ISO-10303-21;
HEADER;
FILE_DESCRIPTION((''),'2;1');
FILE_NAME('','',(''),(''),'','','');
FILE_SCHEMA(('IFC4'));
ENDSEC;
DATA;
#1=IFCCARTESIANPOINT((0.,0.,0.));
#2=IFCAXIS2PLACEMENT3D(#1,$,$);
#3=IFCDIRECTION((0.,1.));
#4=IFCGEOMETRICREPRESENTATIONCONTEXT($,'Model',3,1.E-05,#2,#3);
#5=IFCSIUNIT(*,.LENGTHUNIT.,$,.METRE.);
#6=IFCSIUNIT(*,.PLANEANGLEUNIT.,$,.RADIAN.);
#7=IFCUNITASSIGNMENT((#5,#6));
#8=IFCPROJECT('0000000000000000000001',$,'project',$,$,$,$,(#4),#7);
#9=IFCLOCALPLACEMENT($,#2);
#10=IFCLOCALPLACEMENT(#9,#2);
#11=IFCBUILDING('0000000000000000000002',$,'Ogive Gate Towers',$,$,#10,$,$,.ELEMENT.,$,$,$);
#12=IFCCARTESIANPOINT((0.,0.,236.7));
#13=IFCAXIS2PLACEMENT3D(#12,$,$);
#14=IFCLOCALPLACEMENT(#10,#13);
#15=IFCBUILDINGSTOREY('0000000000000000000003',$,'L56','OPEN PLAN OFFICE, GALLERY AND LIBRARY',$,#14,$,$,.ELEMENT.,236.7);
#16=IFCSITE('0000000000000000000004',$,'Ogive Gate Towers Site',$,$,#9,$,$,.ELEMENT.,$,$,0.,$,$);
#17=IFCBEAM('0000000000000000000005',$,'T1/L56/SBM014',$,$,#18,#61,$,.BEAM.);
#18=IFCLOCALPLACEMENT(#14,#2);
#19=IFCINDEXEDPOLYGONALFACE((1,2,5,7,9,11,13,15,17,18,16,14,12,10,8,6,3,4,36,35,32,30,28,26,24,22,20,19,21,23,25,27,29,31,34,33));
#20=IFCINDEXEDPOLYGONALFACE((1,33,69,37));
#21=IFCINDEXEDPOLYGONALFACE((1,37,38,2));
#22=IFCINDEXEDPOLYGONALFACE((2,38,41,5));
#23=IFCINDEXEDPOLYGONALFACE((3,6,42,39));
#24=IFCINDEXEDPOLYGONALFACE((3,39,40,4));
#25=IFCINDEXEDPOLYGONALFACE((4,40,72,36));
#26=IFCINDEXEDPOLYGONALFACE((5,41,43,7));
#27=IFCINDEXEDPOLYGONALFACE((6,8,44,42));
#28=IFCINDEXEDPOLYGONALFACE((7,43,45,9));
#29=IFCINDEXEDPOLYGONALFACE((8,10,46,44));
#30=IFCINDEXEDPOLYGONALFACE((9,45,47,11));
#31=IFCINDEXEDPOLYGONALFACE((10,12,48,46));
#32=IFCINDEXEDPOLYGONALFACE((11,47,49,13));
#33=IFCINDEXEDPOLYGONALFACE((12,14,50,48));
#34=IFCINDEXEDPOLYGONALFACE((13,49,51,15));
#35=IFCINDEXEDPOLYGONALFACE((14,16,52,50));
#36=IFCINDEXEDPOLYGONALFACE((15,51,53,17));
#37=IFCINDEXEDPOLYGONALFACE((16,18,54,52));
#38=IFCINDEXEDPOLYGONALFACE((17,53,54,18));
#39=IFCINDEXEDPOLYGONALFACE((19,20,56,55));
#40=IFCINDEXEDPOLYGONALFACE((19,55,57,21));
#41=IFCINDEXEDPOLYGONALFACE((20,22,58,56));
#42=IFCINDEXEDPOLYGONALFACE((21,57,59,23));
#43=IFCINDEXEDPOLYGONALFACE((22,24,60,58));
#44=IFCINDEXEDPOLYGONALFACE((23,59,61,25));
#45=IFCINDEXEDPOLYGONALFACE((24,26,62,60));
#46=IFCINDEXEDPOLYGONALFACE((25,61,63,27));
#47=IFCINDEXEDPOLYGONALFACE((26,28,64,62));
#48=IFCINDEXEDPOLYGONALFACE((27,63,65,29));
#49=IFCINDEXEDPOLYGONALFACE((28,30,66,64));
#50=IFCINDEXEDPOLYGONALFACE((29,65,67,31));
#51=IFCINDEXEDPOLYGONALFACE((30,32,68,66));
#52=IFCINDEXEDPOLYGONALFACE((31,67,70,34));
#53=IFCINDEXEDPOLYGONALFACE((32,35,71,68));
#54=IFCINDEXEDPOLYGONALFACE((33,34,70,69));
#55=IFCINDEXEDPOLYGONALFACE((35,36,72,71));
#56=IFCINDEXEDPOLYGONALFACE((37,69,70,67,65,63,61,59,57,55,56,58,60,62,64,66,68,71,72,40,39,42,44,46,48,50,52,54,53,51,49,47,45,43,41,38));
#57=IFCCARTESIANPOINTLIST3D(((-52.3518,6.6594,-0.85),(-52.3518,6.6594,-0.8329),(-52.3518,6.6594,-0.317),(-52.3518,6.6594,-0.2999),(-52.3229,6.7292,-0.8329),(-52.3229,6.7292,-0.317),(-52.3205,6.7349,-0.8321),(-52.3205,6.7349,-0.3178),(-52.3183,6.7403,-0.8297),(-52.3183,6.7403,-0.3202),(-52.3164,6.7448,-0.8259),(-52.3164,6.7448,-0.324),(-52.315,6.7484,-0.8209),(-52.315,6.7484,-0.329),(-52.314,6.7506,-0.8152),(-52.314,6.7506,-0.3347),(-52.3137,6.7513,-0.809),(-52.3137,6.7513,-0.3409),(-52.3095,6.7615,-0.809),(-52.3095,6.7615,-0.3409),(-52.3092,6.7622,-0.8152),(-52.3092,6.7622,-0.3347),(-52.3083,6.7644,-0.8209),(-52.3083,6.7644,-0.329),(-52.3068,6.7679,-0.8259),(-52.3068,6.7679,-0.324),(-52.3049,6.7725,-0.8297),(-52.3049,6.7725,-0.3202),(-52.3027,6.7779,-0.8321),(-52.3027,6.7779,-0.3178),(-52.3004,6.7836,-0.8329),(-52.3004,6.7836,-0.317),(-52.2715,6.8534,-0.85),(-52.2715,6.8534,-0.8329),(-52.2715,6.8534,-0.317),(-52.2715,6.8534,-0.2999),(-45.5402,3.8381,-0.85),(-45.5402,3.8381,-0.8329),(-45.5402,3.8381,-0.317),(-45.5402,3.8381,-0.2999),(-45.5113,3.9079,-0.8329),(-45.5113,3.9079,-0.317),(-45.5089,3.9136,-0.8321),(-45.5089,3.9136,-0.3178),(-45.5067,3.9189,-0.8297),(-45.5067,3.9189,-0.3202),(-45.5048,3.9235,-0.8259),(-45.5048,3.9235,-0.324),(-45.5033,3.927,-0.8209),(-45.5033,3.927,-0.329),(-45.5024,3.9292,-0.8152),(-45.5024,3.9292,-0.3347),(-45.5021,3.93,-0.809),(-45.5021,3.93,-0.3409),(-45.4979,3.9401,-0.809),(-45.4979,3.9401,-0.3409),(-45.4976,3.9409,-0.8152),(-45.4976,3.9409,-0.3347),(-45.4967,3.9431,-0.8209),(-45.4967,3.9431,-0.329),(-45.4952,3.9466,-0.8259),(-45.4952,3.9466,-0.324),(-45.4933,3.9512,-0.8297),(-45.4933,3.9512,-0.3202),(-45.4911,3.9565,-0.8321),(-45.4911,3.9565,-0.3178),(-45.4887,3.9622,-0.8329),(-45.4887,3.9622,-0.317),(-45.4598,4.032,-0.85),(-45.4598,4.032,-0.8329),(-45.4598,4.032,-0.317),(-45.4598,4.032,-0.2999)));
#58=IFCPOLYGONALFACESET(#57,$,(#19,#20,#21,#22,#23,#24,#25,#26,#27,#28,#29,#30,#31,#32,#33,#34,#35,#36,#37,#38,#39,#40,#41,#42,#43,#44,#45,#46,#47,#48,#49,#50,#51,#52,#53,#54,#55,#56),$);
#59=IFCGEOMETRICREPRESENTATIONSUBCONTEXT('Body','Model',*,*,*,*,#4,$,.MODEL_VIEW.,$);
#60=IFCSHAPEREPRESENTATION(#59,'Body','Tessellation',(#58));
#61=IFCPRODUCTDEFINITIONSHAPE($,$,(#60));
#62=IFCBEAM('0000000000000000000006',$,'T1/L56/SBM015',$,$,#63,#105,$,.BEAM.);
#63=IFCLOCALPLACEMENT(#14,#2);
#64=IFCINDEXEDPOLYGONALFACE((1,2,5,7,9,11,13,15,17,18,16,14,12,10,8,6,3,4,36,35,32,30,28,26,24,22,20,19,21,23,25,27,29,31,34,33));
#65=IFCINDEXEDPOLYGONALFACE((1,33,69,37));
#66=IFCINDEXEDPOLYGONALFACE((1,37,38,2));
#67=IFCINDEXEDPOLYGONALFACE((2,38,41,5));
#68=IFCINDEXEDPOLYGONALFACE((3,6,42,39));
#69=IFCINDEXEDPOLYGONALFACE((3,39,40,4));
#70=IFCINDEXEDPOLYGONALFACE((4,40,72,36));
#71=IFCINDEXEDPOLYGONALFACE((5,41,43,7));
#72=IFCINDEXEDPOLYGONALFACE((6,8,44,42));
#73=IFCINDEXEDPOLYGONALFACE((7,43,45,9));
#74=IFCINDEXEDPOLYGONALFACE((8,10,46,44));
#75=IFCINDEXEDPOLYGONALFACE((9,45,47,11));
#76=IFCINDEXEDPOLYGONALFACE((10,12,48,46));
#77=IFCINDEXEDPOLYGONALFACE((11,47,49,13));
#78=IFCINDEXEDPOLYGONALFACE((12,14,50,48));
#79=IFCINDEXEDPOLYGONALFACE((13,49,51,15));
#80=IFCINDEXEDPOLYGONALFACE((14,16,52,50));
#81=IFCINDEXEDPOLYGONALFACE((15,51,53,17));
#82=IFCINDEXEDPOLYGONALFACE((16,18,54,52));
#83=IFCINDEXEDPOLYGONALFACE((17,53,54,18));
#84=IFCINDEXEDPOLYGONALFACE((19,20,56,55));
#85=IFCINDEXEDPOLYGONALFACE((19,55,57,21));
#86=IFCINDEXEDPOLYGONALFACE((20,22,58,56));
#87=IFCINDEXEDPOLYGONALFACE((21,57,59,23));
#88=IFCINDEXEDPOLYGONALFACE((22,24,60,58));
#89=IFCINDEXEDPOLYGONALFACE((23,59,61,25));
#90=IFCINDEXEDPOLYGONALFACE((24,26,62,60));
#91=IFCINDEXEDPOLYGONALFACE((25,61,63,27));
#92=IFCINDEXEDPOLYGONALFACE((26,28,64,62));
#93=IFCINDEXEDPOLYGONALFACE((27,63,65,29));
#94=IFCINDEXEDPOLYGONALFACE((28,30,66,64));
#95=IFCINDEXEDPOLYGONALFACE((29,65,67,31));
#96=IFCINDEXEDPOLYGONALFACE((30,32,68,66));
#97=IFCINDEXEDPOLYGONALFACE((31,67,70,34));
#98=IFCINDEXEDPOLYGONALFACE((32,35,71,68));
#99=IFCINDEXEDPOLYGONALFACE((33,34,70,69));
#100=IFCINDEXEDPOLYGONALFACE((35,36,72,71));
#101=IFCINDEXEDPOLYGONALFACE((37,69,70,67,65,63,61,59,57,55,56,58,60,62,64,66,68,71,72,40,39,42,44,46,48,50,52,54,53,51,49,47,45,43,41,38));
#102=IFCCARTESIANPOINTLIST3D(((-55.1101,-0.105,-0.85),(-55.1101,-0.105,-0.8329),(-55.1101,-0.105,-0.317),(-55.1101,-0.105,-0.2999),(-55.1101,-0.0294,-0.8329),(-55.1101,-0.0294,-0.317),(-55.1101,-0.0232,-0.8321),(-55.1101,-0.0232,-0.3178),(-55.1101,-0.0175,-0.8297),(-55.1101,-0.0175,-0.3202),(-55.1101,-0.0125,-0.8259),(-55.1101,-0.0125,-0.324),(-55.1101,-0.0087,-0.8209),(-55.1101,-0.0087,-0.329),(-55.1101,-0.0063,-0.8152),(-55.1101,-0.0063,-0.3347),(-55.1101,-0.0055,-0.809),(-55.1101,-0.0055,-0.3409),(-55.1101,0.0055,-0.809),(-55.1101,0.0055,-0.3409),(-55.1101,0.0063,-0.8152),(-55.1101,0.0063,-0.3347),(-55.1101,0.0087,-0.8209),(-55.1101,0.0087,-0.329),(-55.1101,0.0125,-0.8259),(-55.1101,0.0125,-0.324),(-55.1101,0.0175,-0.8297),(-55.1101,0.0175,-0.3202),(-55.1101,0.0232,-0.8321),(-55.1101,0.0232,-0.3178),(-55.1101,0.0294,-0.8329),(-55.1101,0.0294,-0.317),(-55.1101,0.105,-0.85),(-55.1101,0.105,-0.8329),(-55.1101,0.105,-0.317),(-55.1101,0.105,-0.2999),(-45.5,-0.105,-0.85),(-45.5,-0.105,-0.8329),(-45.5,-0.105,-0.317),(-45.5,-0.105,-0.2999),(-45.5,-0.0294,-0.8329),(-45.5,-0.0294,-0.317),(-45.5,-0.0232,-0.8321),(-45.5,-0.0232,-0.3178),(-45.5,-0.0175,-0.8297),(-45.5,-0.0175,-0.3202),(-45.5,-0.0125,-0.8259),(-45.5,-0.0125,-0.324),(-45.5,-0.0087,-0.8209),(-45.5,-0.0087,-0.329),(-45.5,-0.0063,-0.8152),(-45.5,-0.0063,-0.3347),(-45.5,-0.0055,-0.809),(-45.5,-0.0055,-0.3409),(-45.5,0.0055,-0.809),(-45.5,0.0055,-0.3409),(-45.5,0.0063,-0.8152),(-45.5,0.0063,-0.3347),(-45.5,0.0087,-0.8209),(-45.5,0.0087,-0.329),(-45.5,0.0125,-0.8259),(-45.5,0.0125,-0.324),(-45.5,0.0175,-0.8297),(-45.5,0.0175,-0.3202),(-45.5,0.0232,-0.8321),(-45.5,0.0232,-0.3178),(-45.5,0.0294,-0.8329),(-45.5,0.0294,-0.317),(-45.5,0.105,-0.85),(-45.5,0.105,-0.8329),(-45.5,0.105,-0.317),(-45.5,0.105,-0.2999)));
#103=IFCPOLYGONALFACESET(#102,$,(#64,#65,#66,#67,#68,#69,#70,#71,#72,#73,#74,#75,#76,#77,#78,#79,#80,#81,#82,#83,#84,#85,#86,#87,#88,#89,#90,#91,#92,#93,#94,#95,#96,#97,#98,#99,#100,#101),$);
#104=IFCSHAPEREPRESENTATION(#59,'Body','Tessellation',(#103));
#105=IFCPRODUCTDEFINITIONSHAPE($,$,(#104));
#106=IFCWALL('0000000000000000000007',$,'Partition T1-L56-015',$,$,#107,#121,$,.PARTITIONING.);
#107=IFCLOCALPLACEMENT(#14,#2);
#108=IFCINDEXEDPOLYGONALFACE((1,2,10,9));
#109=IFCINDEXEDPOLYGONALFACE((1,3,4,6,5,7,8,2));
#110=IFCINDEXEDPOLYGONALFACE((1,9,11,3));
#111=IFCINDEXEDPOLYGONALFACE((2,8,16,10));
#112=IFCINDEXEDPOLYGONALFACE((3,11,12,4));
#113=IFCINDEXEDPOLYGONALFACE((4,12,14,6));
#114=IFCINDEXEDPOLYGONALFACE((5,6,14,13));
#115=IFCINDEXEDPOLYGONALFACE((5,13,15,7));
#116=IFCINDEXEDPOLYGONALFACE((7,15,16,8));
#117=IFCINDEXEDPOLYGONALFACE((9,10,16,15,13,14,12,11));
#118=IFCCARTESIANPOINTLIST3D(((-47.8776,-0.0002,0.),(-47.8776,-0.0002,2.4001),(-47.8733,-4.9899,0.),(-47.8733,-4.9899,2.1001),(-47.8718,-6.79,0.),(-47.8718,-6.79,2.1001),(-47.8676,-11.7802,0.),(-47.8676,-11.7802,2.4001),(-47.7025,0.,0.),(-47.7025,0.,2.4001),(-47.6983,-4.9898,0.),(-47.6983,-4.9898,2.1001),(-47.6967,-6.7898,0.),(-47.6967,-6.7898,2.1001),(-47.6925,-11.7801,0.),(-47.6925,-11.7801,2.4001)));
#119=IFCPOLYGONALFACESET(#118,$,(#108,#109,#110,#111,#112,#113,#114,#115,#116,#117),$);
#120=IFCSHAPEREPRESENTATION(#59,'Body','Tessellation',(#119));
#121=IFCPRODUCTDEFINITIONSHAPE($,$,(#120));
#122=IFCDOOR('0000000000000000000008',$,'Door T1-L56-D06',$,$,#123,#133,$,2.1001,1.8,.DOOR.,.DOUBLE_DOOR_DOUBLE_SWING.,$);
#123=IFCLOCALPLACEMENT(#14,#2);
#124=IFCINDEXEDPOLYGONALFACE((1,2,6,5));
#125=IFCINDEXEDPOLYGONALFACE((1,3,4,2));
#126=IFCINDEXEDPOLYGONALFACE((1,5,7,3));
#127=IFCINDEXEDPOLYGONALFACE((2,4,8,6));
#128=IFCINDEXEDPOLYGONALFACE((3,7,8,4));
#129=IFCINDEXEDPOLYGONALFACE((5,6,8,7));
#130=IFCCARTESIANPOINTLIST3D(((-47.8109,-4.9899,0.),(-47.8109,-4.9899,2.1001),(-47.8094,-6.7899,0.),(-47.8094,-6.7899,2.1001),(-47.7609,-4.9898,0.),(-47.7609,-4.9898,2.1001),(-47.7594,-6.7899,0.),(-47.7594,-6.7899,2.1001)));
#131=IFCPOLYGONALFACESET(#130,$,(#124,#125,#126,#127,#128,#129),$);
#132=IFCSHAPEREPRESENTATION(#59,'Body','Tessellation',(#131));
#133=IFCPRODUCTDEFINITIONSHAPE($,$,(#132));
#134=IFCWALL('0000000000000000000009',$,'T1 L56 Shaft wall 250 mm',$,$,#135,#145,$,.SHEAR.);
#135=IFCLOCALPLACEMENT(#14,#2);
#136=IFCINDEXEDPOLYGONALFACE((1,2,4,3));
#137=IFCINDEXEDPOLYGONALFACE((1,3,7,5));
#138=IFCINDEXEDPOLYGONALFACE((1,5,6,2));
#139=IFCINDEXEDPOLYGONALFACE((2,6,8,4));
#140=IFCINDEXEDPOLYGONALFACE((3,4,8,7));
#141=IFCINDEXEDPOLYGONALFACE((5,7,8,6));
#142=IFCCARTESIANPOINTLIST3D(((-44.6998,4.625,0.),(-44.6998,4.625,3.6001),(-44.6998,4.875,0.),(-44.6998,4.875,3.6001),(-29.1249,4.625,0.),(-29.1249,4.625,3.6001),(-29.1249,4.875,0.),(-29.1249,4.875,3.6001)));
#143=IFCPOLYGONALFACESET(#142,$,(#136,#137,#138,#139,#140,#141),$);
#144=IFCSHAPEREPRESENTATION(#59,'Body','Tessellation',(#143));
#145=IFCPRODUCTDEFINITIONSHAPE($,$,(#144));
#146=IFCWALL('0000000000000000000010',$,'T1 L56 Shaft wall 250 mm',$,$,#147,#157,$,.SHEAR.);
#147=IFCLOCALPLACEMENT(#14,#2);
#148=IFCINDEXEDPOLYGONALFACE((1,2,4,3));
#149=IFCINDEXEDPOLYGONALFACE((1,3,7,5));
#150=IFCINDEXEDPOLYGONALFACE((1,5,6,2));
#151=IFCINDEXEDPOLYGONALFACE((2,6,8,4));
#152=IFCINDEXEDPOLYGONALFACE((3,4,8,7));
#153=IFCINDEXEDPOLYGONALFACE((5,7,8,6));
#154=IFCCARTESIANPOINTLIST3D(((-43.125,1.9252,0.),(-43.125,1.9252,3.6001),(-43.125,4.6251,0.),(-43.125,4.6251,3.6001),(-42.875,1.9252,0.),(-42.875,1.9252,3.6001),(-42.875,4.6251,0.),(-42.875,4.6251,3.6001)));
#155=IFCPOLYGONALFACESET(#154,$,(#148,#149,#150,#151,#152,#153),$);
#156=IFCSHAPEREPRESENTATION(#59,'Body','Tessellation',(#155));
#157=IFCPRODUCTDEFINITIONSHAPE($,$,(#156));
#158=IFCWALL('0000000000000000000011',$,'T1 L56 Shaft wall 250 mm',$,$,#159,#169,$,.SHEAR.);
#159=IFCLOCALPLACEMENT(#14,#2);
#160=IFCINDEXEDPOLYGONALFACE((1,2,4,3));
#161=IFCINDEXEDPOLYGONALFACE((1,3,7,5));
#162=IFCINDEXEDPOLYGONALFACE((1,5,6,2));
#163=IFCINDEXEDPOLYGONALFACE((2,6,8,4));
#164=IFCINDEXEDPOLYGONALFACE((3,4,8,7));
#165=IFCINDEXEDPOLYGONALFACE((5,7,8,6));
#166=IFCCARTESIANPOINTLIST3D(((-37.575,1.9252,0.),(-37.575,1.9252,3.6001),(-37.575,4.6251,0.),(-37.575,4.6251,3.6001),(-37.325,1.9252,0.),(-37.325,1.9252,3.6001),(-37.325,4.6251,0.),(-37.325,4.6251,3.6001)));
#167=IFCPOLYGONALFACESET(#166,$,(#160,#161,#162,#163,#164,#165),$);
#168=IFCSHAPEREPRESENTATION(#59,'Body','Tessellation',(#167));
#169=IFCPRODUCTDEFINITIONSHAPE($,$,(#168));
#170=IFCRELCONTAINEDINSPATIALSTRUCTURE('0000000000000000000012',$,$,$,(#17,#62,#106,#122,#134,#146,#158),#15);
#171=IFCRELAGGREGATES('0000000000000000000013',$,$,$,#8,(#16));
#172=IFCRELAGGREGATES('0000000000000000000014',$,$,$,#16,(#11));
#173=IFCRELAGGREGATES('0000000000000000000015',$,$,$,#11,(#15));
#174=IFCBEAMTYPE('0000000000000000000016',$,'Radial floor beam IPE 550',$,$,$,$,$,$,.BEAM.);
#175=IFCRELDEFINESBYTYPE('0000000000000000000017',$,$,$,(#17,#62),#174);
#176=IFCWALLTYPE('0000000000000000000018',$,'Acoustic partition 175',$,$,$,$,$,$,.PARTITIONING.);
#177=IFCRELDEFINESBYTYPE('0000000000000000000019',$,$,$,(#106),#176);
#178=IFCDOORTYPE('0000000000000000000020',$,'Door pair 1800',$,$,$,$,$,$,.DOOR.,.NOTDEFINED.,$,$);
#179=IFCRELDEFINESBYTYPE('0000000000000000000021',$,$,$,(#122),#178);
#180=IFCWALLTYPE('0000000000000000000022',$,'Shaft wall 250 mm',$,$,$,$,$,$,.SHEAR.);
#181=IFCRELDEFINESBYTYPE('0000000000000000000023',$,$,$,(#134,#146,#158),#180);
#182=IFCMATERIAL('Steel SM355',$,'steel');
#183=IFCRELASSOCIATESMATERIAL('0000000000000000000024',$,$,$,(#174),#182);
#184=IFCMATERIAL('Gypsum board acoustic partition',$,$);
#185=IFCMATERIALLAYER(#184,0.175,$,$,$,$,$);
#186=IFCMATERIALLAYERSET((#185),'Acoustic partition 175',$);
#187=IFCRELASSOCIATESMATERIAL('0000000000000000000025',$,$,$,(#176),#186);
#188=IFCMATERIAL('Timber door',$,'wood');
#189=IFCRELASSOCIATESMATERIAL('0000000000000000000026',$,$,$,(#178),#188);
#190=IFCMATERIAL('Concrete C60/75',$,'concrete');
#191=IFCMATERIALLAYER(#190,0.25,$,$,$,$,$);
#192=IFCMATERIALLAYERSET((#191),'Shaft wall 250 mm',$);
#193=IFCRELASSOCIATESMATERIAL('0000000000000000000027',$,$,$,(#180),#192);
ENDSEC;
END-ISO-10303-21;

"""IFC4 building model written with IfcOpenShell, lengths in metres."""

from ifc_helpers import new_model, si_unit, direction, frame, frame_2d, origin, origin_2d, place, context, subcontext, project, spatial, rectangle, i_section, extrude, material, layer, layer_set, material_profile, profile_set, type_object, element, fill, save


model = new_model("IFC4")

# Units and contexts
model_context = context("Model", 3, precision=1e-05, world=origin(), true_north=direction((0.0, 1.0)))
body_context = subcontext(model_context, "Body", "Model", "MODEL_VIEW")
ifc_project = project(units=[si_unit("LENGTHUNIT", "METRE"), si_unit("PLANEANGLEUNIT", "RADIAN")], contexts=[model_context])

# Site, building, storey
site_placement = place(None, origin())
site = spatial("IfcSite", under=ifc_project, at=site_placement, Name="Ogive Gate Towers Site", CompositionType="ELEMENT", RefElevation=0.0)
building_placement = place(site_placement, origin())
building = spatial("IfcBuilding", under=site, at=building_placement, Name="Ogive Gate Towers", CompositionType="ELEMENT")
storey_placement = place(building_placement, frame((0.0, 0.0, 236.7)))
storey = spatial("IfcBuildingStorey", under=building, at=storey_placement, Name="L56", Description="OPEN PLAN OFFICE, GALLERY AND LIBRARY", CompositionType="ELEMENT", Elevation=236.7)

# Beams
ifc_material_1 = material(Name="Steel SM355", Category="steel")
ifc_material_profile = material_profile(ifc_material_1, i_section(OverallWidth=0.21, OverallDepth=0.55, WebThickness=0.011, FlangeThickness=0.0171, FilletRadius=0.0239, at=origin_2d()), Name="IPE 550")
ifc_profile_set = profile_set([ifc_material_profile], Name="Steel SM355")
beam_type = type_object("IfcBeamType", Name="Radial floor beam IPE 550", PredefinedType="BEAM", material=ifc_profile_set)
beam_1_placement = place(storey_placement, frame((-45.5, 3.9351, -0.575), z_axis=(-0.923886, 0.382668, 0.0), x_axis=(-0.382668, -0.923886, 0.0)))
element("IfcBeam", 1, at=beam_1_placement, inside=storey, type_object=beam_type, Name="T1/L56/SBM014", PredefinedType="BEAM", context=body_context, shape_type="SweptSolid", body=[
    extrude(i_section(OverallWidth=0.21, OverallDepth=0.55, WebThickness=0.011, FlangeThickness=0.0171, FilletRadius=0.0239, at=origin_2d()), origin(), (0.0, 0.0, 1.0), 7.3728),
])
beam_2_placement = place(storey_placement, frame((-45.5, 0.0, -0.575), z_axis=(-1.0, 0.0, 0.0), x_axis=(0.0, -1.0, 0.0)))
element("IfcBeam", 2, at=beam_2_placement, inside=storey, type_object=beam_type, Name="T1/L56/SBM015", PredefinedType="BEAM", context=body_context, shape_type="SweptSolid", body=[
    extrude(i_section(OverallWidth=0.21, OverallDepth=0.55, WebThickness=0.011, FlangeThickness=0.0171, FilletRadius=0.0239, at=origin_2d()), origin(), (0.0, 0.0, 1.0), 9.6101),
])

# Wall, opening, door
ifc_material_2 = material(Name="Gypsum board acoustic partition")
ifc_layer_1 = layer(ifc_material_2, 0.175)
ifc_layer_set_1 = layer_set([ifc_layer_1], Name="Acoustic partition 175")
wall_type_1 = type_object("IfcWallType", Name="Acoustic partition 175", PredefinedType="PARTITIONING", material=ifc_layer_set_1)
wall_1_placement = place(storey_placement, frame((-47.79, 0.0, 0.0), z_axis=(0.0, 0.0, 1.0), x_axis=(0.00085, -1.0, 0.0)))
wall_1 = element("IfcWall", 3, at=wall_1_placement, inside=storey, type_object=wall_type_1, Name="Partition T1-L56-015", PredefinedType="PARTITIONING", context=body_context, shape_type="SweptSolid", body=[
    extrude(rectangle(XDim=11.78, YDim=0.175, at=frame_2d((5.8901, 0.0))), origin(), (0.0, 0.0, 1.0), 2.4001),
])
opening_1_placement = place(wall_1_placement, frame((4.99, 0.0, 0.0)))
opening_1 = element("IfcOpeningElement", 4, at=opening_1_placement, cuts=wall_1, PredefinedType="OPENING", context=body_context, shape_type="SweptSolid", body=[
    extrude(rectangle(XDim=1.8, YDim=2.1001, at=frame_2d((0.8999, 1.05))), frame((0.0, 0.0977, 0.0), z_axis=(0.0, -1.0, 0.0), x_axis=(1.0, 0.0, 0.0)), (0.0, 0.0, 1.0), 0.1951),
])
ifc_material_3 = material(Name="Timber door", Category="wood")
door_type_1 = type_object("IfcDoorType", Name="Door pair 1800", OperationType="NOTDEFINED", PredefinedType="DOOR", material=ifc_material_3)
door_1_placement = place(opening_1_placement, origin())
door_1 = element("IfcDoor", 5, at=door_1_placement, inside=storey, type_object=door_type_1, Name="Door T1-L56-D06", OperationType="DOUBLE_DOOR_DOUBLE_SWING", OverallHeight=2.1001, OverallWidth=1.8, PredefinedType="DOOR", context=body_context, shape_type="SweptSolid", body=[
    extrude(rectangle(XDim=1.8, YDim=2.1001, at=frame_2d((0.8999, 1.05))), frame((0.0, 0.0249, 0.0), z_axis=(0.0, -1.0, 0.0), x_axis=(1.0, 0.0, 0.0)), (0.0, 0.0, 1.0), 0.05),
])
fill(opening_1, door_1)

# Walls
ifc_material_4 = material(Name="Concrete C60/75", Category="concrete")
ifc_layer_2 = layer(ifc_material_4, 0.25)
ifc_layer_set_2 = layer_set([ifc_layer_2], Name="Shaft wall 250 mm")
wall_type_2 = type_object("IfcWallType", Name="Shaft wall 250 mm", PredefinedType="SHEAR", material=ifc_layer_set_2)
wall_2_placement = place(storey_placement, frame((-44.7, 4.75, 0.0), z_axis=(0.0, 0.0, 1.0), x_axis=(1.0, 0.0, 0.0)))
element("IfcWall", 6, at=wall_2_placement, inside=storey, type_object=wall_type_2, Name="T1 L56 Shaft wall 250 mm", PredefinedType="SHEAR", context=body_context, shape_type="SweptSolid", body=[
    extrude(rectangle(XDim=15.575, YDim=0.25, at=frame_2d((7.7876, 0.0))), origin(), (0.0, 0.0, 1.0), 3.6001),
])
for number, where, z_axis, x_axis, name in (
    (7, (-43.0, 1.925, 0.0), (0.0, 0.0, 1.0), (0.0, 1.0, 0.0), "T1 L56 Shaft wall 250 mm"),
    (8, (-37.45, 1.925, 0.0), (0.0, 0.0, 1.0), (0.0, 1.0, 0.0), "T1 L56 Shaft wall 250 mm"),
):
    element("IfcWall", number, at=place(storey_placement, frame(where, z_axis=z_axis, x_axis=x_axis)), inside=storey, type_object=wall_type_2, Name=name, PredefinedType="SHEAR", context=body_context, shape_type="SweptSolid", body=[
        extrude(rectangle(XDim=2.7, YDim=0.25, at=frame_2d((1.3501, 0.0))), origin(), (0.0, 0.0, 1.0), 3.6001),
    ])

save(model, "model.ifc")
